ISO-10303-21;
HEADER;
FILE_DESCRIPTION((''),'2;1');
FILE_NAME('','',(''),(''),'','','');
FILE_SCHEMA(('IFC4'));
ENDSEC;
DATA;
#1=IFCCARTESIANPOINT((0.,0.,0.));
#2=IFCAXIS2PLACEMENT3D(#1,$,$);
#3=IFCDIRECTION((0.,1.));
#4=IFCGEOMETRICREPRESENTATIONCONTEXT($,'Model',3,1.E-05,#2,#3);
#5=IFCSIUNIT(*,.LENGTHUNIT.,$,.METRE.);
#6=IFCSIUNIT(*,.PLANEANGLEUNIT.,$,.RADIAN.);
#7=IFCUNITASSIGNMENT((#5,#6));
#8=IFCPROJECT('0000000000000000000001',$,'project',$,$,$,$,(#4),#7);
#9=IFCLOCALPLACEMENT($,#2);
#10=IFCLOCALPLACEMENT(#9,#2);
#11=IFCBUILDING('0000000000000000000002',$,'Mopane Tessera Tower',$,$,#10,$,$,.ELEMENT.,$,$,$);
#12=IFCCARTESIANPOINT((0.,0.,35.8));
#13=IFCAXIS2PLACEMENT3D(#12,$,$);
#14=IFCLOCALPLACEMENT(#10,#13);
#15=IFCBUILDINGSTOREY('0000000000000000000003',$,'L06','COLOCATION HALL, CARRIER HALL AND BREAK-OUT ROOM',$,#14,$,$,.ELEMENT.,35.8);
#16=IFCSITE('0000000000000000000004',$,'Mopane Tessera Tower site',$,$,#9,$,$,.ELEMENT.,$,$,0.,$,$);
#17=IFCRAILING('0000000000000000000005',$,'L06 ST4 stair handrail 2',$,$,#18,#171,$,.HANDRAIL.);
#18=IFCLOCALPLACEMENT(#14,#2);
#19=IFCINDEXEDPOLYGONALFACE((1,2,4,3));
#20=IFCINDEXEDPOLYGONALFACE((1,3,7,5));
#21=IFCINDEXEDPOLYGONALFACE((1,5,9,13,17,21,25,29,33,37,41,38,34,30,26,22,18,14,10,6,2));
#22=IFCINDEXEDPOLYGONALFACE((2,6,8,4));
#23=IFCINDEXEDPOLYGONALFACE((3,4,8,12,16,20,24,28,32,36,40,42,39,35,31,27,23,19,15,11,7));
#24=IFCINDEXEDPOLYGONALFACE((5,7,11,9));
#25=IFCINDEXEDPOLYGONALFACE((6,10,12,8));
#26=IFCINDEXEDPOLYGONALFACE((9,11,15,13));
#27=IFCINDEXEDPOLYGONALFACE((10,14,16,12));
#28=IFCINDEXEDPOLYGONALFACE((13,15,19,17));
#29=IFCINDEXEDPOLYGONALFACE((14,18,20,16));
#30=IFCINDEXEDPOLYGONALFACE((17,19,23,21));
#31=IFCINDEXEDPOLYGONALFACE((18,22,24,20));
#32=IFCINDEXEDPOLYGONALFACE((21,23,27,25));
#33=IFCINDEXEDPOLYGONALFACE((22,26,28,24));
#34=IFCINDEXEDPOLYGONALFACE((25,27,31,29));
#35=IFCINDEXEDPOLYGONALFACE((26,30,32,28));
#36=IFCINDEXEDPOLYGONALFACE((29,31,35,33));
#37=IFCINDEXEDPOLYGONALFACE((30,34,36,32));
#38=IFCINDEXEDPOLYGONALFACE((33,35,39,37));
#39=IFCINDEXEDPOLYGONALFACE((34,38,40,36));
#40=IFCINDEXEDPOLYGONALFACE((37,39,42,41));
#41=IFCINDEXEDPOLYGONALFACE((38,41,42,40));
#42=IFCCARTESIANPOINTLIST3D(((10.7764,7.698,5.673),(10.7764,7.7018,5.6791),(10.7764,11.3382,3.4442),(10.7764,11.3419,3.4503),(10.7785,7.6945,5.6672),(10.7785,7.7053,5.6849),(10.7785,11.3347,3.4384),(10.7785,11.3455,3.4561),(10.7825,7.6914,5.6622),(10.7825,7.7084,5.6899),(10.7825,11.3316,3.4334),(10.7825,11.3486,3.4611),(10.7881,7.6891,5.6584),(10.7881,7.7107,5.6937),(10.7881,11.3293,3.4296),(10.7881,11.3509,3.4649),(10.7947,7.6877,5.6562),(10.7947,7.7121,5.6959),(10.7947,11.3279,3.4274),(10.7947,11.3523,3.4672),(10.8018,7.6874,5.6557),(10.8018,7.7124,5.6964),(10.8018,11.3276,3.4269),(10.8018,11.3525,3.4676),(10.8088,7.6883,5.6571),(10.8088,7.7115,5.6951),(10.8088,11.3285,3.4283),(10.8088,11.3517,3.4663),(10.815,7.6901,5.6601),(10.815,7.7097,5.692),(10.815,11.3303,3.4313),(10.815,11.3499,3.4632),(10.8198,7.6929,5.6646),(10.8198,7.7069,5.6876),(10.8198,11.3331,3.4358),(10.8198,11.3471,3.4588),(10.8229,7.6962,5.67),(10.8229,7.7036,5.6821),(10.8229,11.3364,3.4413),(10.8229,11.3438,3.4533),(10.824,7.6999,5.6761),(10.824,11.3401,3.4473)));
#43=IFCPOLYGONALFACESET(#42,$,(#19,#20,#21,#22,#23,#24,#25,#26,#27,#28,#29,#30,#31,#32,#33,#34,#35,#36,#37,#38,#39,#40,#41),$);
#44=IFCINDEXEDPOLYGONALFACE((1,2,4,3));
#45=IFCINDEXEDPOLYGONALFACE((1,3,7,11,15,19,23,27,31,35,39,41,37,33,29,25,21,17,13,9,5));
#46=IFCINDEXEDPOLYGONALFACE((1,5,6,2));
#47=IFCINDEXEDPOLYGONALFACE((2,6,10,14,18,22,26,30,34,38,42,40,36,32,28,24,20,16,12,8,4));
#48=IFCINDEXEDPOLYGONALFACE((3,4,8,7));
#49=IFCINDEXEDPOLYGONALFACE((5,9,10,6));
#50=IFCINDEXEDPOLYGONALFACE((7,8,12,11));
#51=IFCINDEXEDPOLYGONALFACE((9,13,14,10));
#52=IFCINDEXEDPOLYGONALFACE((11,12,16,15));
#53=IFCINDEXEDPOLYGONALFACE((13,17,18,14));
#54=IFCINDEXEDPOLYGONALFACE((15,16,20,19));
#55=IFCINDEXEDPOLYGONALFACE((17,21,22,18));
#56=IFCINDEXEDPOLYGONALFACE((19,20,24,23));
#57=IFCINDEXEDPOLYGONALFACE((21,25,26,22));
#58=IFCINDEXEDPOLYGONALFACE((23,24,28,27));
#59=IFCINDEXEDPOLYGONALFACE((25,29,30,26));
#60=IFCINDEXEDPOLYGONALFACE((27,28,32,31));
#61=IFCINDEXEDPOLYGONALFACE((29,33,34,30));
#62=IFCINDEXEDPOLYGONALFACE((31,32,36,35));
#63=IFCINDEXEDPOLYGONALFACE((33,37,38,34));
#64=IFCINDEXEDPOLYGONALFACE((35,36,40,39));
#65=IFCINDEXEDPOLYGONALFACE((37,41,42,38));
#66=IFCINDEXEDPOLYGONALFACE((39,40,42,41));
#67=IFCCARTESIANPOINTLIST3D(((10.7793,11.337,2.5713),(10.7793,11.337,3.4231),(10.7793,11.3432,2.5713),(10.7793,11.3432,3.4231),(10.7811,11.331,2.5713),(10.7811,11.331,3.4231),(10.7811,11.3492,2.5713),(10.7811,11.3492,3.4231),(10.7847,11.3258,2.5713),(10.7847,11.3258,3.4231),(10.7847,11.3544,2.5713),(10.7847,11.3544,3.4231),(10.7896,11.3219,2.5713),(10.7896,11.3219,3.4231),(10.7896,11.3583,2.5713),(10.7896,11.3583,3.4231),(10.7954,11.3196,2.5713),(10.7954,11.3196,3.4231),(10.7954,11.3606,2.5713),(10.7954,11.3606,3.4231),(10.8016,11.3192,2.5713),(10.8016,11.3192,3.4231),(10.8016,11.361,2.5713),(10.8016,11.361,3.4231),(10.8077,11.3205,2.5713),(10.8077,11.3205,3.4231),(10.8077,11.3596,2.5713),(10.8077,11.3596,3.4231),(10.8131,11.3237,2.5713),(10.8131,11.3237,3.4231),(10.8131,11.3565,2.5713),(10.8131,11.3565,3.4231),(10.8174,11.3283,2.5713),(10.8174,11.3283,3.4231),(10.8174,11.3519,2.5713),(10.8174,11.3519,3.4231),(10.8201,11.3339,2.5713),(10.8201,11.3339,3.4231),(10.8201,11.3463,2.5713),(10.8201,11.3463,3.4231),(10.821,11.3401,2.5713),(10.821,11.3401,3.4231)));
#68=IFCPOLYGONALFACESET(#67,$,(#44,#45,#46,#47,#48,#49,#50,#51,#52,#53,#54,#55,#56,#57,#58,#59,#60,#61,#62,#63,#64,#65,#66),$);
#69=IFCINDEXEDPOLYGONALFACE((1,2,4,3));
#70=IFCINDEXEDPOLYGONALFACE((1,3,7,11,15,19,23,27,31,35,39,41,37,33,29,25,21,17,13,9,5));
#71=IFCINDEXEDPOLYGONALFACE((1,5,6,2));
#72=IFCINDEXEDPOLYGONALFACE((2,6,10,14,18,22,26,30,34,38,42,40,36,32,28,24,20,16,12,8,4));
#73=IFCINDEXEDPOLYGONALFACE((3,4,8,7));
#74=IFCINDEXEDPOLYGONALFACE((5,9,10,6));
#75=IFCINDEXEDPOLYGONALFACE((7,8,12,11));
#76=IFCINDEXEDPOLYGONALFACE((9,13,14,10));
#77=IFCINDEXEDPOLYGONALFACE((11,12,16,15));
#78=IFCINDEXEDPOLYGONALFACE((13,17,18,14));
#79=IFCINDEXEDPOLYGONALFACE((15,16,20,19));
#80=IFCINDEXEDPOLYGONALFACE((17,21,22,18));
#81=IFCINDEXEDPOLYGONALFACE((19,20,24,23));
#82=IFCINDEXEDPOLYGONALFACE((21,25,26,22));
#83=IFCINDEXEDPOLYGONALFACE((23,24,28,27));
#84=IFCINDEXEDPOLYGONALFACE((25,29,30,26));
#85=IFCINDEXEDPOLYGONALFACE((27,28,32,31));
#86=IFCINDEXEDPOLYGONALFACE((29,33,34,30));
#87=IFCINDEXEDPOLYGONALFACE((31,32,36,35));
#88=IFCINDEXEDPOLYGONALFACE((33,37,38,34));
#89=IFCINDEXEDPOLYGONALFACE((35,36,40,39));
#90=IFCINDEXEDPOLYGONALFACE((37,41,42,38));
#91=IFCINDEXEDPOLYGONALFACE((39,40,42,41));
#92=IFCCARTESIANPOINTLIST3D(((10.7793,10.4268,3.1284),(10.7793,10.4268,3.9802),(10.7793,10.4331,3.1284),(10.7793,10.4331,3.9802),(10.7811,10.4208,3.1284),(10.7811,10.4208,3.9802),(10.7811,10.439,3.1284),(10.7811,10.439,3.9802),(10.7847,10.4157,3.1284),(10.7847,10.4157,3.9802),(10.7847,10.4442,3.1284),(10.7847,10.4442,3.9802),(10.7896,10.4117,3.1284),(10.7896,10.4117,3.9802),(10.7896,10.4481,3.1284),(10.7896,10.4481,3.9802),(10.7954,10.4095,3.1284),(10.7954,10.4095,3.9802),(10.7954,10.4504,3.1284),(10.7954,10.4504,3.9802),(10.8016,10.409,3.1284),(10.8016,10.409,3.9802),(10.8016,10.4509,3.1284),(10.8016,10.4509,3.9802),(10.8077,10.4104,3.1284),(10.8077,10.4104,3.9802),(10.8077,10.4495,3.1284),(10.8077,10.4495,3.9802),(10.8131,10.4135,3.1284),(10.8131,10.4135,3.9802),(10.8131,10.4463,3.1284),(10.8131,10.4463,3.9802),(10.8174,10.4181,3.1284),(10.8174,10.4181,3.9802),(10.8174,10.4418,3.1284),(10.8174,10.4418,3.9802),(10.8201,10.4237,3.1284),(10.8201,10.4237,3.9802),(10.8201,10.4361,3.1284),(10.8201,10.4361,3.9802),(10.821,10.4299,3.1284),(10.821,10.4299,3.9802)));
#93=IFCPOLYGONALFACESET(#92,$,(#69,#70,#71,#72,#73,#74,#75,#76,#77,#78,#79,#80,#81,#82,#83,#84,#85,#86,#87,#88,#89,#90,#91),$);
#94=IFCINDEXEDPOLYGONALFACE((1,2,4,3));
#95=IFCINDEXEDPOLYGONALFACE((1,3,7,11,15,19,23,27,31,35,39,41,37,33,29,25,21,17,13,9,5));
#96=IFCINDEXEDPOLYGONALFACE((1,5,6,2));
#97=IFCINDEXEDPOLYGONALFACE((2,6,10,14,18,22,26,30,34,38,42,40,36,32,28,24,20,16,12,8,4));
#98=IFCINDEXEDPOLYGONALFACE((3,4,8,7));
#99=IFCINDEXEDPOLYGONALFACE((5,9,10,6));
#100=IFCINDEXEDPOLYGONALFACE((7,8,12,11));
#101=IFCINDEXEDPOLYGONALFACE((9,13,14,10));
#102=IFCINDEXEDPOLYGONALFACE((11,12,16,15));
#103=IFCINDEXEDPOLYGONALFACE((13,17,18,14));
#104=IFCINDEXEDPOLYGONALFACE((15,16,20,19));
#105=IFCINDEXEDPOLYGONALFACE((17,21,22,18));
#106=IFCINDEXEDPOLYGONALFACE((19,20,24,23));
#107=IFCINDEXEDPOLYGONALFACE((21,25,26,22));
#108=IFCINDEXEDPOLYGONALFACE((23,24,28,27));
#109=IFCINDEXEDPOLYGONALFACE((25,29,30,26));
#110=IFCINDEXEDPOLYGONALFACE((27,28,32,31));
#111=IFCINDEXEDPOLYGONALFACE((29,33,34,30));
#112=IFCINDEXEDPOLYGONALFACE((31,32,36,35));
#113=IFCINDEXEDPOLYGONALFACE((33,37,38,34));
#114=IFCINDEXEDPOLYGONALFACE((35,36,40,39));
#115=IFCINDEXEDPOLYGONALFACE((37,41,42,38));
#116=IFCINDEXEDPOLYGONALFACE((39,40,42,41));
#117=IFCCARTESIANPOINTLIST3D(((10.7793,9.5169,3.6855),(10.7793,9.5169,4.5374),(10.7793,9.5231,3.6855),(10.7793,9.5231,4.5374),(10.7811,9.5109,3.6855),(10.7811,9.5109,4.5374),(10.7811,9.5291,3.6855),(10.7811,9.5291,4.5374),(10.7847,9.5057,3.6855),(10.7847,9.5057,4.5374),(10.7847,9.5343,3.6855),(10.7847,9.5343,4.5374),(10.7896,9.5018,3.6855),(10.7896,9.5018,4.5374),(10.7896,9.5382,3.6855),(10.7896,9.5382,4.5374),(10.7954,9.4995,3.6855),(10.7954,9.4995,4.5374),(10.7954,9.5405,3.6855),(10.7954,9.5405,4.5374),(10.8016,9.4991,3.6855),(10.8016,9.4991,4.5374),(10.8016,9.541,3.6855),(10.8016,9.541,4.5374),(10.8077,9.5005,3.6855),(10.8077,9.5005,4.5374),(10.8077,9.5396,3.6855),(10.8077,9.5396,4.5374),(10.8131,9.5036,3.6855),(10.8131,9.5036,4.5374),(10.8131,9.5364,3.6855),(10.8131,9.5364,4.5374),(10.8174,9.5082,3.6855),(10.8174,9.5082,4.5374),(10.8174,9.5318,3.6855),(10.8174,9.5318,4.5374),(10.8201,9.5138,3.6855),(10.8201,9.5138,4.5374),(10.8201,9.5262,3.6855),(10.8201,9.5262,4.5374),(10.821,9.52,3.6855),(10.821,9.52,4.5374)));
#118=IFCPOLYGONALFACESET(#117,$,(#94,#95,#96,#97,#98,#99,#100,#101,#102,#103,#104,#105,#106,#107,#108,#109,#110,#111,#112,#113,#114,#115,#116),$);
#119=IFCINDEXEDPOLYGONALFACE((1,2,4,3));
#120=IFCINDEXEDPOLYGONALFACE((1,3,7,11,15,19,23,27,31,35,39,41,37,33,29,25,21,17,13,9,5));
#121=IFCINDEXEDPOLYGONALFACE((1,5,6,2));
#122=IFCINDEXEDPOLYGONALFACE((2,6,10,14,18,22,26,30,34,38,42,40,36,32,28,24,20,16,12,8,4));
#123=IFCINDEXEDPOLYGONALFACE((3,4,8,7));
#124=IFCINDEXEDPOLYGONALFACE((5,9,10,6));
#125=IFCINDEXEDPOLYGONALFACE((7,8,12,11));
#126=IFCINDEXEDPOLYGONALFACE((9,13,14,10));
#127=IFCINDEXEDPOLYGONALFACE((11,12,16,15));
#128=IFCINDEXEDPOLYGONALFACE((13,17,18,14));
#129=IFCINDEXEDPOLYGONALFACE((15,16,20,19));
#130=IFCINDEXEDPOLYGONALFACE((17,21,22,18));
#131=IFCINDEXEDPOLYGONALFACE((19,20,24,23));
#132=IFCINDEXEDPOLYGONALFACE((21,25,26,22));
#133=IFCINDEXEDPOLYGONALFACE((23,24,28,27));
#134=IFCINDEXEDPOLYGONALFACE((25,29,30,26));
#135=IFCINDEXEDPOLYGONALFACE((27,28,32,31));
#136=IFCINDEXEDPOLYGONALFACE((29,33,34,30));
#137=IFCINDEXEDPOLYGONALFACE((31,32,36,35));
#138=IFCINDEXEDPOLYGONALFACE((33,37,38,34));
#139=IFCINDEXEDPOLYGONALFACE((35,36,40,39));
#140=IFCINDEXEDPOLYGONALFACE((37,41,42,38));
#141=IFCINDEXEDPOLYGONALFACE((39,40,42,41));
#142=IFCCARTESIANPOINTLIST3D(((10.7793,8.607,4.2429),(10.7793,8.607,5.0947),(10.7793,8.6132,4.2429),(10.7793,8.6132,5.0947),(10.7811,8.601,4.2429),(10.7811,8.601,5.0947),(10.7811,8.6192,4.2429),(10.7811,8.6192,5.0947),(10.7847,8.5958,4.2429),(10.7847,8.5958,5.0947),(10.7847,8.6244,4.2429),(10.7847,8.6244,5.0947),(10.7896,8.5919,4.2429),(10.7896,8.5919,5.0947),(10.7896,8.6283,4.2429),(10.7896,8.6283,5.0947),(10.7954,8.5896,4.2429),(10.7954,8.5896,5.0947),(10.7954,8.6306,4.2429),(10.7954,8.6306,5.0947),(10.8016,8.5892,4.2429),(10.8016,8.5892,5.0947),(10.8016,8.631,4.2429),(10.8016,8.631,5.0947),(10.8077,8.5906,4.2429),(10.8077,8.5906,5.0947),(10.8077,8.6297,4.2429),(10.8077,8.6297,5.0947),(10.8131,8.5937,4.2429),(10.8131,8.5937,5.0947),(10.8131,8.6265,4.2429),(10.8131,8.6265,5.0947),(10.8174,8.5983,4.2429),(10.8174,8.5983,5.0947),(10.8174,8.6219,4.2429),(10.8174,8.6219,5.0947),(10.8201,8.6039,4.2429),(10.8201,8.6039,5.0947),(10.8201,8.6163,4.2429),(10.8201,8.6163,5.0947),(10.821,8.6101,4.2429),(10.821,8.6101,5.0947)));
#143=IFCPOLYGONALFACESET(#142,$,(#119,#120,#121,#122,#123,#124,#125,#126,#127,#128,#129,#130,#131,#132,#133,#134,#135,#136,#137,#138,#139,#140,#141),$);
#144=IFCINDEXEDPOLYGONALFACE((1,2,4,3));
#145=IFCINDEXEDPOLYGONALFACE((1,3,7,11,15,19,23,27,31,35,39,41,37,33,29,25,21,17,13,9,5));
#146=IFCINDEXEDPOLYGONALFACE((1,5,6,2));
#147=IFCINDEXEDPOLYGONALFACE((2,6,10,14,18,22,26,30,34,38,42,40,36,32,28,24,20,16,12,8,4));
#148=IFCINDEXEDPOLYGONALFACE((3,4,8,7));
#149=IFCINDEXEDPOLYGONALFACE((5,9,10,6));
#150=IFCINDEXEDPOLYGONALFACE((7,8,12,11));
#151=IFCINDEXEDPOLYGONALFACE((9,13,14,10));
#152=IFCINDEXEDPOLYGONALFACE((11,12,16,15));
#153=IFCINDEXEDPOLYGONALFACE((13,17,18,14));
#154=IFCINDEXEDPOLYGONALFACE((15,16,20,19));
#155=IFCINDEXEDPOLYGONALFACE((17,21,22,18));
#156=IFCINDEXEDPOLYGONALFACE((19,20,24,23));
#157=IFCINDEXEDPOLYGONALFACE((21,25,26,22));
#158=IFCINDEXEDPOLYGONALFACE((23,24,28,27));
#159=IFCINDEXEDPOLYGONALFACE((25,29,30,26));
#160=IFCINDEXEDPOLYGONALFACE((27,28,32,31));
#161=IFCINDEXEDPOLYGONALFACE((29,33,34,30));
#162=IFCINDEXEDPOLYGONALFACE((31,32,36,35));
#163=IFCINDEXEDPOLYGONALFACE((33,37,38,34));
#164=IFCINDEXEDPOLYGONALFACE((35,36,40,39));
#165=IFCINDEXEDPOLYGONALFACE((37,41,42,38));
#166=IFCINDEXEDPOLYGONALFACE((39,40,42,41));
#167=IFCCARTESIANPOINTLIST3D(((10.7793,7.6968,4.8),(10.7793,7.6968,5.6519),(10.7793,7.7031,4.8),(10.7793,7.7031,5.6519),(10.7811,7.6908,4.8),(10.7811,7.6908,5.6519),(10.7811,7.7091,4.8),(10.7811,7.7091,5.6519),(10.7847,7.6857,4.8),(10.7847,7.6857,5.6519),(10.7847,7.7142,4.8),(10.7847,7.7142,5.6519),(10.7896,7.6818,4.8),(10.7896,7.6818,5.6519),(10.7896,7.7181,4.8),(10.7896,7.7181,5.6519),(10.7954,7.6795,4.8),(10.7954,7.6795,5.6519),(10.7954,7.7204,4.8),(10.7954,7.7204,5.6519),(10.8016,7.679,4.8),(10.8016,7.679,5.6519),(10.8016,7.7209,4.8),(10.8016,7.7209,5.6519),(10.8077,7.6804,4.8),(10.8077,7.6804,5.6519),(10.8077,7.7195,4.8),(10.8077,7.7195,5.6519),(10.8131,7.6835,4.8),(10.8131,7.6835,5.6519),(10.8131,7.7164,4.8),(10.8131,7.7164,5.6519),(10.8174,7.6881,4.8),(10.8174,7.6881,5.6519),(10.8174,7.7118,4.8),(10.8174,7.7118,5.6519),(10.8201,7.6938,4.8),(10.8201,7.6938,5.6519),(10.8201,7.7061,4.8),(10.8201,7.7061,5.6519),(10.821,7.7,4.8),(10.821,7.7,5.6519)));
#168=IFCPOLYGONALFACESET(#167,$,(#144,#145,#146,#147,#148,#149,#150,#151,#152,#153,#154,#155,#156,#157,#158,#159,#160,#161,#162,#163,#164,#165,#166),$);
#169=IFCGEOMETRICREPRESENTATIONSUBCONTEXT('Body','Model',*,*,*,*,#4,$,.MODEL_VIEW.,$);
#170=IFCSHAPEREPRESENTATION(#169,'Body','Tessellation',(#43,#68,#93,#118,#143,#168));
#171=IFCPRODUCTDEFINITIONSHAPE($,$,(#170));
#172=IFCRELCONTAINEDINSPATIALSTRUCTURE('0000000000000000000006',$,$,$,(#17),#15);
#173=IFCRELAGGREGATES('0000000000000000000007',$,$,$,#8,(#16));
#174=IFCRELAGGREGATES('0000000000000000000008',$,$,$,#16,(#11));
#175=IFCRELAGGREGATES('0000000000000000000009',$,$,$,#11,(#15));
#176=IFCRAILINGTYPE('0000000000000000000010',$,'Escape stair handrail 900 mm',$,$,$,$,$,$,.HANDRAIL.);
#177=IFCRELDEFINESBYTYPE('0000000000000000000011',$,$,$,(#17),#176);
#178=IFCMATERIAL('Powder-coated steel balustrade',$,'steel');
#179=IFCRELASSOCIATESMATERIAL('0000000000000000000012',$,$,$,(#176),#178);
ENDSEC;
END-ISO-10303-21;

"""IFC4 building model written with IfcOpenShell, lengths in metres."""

from ifc_helpers import new_model, si_unit, direction, frame, origin, origin_2d, place, context, subcontext, project, spatial, circle, extrude, material, type_object, element, save


model = new_model("IFC4")

# Units and contexts
model_context = context("Model", 3, precision=1e-05, world=origin(), true_north=direction((0.0, 1.0)))
body_context = subcontext(model_context, "Body", "Model", "MODEL_VIEW")
ifc_project = project(units=[si_unit("LENGTHUNIT", "METRE"), si_unit("PLANEANGLEUNIT", "RADIAN")], contexts=[model_context])

# Site, building, storey
site_placement = place(None, origin())
site = spatial("IfcSite", under=ifc_project, at=site_placement, Name="Mopane Tessera Tower site", CompositionType="ELEMENT", RefElevation=0.0)
building_placement = place(site_placement, origin())
building = spatial("IfcBuilding", under=site, at=building_placement, Name="Mopane Tessera Tower", CompositionType="ELEMENT")
storey_placement = place(building_placement, frame((0.0, 0.0, 35.8)))
storey = spatial("IfcBuildingStorey", under=building, at=storey_placement, Name="L06", Description="COLOCATION HALL, CARRIER HALL AND BREAK-OUT ROOM", CompositionType="ELEMENT", Elevation=35.8)

# Railing
ifc_material_1 = material(Name="Powder-coated steel balustrade", Category="steel")
railing_type_1 = type_object("IfcRailingType", Name="Escape stair handrail 900 mm", PredefinedType="HANDRAIL", material=ifc_material_1)
railing_1_placement = place(storey_placement, frame((10.8, 11.3401, 2.5713)))
element("IfcRailing", 1, at=railing_1_placement, inside=storey, type_object=railing_type_1, Name="L06 ST4 stair handrail 2", PredefinedType="HANDRAIL", context=body_context, shape_type="SweptSolid", body=[
    extrude(circle(Radius=0.0239, at=origin_2d()), frame((0.0, 0.0, 0.876), z_axis=(0.0, -0.85284, 0.522172), x_axis=(1.0, 0.0, 0.0)), (0.0, 0.0, 1.0), 4.2683),
    extrude(circle(Radius=0.021, at=origin_2d()), origin(), (0.0, 0.0, 1.0), 0.8518),
    extrude(circle(Radius=0.021, at=origin_2d()), frame((0.0, -0.9102, 0.5571)), (0.0, 0.0, 1.0), 0.8518),
    extrude(circle(Radius=0.021, at=origin_2d()), frame((0.0, -1.8201, 1.1143)), (0.0, 0.0, 1.0), 0.8518),
    extrude(circle(Radius=0.021, at=origin_2d()), frame((0.0, -2.73, 1.6716)), (0.0, 0.0, 1.0), 0.8518),
    extrude(circle(Radius=0.021, at=origin_2d()), frame((0.0, -3.6401, 2.2288)), (0.0, 0.0, 1.0), 0.8518),
])

save(model, "model.ifc")
